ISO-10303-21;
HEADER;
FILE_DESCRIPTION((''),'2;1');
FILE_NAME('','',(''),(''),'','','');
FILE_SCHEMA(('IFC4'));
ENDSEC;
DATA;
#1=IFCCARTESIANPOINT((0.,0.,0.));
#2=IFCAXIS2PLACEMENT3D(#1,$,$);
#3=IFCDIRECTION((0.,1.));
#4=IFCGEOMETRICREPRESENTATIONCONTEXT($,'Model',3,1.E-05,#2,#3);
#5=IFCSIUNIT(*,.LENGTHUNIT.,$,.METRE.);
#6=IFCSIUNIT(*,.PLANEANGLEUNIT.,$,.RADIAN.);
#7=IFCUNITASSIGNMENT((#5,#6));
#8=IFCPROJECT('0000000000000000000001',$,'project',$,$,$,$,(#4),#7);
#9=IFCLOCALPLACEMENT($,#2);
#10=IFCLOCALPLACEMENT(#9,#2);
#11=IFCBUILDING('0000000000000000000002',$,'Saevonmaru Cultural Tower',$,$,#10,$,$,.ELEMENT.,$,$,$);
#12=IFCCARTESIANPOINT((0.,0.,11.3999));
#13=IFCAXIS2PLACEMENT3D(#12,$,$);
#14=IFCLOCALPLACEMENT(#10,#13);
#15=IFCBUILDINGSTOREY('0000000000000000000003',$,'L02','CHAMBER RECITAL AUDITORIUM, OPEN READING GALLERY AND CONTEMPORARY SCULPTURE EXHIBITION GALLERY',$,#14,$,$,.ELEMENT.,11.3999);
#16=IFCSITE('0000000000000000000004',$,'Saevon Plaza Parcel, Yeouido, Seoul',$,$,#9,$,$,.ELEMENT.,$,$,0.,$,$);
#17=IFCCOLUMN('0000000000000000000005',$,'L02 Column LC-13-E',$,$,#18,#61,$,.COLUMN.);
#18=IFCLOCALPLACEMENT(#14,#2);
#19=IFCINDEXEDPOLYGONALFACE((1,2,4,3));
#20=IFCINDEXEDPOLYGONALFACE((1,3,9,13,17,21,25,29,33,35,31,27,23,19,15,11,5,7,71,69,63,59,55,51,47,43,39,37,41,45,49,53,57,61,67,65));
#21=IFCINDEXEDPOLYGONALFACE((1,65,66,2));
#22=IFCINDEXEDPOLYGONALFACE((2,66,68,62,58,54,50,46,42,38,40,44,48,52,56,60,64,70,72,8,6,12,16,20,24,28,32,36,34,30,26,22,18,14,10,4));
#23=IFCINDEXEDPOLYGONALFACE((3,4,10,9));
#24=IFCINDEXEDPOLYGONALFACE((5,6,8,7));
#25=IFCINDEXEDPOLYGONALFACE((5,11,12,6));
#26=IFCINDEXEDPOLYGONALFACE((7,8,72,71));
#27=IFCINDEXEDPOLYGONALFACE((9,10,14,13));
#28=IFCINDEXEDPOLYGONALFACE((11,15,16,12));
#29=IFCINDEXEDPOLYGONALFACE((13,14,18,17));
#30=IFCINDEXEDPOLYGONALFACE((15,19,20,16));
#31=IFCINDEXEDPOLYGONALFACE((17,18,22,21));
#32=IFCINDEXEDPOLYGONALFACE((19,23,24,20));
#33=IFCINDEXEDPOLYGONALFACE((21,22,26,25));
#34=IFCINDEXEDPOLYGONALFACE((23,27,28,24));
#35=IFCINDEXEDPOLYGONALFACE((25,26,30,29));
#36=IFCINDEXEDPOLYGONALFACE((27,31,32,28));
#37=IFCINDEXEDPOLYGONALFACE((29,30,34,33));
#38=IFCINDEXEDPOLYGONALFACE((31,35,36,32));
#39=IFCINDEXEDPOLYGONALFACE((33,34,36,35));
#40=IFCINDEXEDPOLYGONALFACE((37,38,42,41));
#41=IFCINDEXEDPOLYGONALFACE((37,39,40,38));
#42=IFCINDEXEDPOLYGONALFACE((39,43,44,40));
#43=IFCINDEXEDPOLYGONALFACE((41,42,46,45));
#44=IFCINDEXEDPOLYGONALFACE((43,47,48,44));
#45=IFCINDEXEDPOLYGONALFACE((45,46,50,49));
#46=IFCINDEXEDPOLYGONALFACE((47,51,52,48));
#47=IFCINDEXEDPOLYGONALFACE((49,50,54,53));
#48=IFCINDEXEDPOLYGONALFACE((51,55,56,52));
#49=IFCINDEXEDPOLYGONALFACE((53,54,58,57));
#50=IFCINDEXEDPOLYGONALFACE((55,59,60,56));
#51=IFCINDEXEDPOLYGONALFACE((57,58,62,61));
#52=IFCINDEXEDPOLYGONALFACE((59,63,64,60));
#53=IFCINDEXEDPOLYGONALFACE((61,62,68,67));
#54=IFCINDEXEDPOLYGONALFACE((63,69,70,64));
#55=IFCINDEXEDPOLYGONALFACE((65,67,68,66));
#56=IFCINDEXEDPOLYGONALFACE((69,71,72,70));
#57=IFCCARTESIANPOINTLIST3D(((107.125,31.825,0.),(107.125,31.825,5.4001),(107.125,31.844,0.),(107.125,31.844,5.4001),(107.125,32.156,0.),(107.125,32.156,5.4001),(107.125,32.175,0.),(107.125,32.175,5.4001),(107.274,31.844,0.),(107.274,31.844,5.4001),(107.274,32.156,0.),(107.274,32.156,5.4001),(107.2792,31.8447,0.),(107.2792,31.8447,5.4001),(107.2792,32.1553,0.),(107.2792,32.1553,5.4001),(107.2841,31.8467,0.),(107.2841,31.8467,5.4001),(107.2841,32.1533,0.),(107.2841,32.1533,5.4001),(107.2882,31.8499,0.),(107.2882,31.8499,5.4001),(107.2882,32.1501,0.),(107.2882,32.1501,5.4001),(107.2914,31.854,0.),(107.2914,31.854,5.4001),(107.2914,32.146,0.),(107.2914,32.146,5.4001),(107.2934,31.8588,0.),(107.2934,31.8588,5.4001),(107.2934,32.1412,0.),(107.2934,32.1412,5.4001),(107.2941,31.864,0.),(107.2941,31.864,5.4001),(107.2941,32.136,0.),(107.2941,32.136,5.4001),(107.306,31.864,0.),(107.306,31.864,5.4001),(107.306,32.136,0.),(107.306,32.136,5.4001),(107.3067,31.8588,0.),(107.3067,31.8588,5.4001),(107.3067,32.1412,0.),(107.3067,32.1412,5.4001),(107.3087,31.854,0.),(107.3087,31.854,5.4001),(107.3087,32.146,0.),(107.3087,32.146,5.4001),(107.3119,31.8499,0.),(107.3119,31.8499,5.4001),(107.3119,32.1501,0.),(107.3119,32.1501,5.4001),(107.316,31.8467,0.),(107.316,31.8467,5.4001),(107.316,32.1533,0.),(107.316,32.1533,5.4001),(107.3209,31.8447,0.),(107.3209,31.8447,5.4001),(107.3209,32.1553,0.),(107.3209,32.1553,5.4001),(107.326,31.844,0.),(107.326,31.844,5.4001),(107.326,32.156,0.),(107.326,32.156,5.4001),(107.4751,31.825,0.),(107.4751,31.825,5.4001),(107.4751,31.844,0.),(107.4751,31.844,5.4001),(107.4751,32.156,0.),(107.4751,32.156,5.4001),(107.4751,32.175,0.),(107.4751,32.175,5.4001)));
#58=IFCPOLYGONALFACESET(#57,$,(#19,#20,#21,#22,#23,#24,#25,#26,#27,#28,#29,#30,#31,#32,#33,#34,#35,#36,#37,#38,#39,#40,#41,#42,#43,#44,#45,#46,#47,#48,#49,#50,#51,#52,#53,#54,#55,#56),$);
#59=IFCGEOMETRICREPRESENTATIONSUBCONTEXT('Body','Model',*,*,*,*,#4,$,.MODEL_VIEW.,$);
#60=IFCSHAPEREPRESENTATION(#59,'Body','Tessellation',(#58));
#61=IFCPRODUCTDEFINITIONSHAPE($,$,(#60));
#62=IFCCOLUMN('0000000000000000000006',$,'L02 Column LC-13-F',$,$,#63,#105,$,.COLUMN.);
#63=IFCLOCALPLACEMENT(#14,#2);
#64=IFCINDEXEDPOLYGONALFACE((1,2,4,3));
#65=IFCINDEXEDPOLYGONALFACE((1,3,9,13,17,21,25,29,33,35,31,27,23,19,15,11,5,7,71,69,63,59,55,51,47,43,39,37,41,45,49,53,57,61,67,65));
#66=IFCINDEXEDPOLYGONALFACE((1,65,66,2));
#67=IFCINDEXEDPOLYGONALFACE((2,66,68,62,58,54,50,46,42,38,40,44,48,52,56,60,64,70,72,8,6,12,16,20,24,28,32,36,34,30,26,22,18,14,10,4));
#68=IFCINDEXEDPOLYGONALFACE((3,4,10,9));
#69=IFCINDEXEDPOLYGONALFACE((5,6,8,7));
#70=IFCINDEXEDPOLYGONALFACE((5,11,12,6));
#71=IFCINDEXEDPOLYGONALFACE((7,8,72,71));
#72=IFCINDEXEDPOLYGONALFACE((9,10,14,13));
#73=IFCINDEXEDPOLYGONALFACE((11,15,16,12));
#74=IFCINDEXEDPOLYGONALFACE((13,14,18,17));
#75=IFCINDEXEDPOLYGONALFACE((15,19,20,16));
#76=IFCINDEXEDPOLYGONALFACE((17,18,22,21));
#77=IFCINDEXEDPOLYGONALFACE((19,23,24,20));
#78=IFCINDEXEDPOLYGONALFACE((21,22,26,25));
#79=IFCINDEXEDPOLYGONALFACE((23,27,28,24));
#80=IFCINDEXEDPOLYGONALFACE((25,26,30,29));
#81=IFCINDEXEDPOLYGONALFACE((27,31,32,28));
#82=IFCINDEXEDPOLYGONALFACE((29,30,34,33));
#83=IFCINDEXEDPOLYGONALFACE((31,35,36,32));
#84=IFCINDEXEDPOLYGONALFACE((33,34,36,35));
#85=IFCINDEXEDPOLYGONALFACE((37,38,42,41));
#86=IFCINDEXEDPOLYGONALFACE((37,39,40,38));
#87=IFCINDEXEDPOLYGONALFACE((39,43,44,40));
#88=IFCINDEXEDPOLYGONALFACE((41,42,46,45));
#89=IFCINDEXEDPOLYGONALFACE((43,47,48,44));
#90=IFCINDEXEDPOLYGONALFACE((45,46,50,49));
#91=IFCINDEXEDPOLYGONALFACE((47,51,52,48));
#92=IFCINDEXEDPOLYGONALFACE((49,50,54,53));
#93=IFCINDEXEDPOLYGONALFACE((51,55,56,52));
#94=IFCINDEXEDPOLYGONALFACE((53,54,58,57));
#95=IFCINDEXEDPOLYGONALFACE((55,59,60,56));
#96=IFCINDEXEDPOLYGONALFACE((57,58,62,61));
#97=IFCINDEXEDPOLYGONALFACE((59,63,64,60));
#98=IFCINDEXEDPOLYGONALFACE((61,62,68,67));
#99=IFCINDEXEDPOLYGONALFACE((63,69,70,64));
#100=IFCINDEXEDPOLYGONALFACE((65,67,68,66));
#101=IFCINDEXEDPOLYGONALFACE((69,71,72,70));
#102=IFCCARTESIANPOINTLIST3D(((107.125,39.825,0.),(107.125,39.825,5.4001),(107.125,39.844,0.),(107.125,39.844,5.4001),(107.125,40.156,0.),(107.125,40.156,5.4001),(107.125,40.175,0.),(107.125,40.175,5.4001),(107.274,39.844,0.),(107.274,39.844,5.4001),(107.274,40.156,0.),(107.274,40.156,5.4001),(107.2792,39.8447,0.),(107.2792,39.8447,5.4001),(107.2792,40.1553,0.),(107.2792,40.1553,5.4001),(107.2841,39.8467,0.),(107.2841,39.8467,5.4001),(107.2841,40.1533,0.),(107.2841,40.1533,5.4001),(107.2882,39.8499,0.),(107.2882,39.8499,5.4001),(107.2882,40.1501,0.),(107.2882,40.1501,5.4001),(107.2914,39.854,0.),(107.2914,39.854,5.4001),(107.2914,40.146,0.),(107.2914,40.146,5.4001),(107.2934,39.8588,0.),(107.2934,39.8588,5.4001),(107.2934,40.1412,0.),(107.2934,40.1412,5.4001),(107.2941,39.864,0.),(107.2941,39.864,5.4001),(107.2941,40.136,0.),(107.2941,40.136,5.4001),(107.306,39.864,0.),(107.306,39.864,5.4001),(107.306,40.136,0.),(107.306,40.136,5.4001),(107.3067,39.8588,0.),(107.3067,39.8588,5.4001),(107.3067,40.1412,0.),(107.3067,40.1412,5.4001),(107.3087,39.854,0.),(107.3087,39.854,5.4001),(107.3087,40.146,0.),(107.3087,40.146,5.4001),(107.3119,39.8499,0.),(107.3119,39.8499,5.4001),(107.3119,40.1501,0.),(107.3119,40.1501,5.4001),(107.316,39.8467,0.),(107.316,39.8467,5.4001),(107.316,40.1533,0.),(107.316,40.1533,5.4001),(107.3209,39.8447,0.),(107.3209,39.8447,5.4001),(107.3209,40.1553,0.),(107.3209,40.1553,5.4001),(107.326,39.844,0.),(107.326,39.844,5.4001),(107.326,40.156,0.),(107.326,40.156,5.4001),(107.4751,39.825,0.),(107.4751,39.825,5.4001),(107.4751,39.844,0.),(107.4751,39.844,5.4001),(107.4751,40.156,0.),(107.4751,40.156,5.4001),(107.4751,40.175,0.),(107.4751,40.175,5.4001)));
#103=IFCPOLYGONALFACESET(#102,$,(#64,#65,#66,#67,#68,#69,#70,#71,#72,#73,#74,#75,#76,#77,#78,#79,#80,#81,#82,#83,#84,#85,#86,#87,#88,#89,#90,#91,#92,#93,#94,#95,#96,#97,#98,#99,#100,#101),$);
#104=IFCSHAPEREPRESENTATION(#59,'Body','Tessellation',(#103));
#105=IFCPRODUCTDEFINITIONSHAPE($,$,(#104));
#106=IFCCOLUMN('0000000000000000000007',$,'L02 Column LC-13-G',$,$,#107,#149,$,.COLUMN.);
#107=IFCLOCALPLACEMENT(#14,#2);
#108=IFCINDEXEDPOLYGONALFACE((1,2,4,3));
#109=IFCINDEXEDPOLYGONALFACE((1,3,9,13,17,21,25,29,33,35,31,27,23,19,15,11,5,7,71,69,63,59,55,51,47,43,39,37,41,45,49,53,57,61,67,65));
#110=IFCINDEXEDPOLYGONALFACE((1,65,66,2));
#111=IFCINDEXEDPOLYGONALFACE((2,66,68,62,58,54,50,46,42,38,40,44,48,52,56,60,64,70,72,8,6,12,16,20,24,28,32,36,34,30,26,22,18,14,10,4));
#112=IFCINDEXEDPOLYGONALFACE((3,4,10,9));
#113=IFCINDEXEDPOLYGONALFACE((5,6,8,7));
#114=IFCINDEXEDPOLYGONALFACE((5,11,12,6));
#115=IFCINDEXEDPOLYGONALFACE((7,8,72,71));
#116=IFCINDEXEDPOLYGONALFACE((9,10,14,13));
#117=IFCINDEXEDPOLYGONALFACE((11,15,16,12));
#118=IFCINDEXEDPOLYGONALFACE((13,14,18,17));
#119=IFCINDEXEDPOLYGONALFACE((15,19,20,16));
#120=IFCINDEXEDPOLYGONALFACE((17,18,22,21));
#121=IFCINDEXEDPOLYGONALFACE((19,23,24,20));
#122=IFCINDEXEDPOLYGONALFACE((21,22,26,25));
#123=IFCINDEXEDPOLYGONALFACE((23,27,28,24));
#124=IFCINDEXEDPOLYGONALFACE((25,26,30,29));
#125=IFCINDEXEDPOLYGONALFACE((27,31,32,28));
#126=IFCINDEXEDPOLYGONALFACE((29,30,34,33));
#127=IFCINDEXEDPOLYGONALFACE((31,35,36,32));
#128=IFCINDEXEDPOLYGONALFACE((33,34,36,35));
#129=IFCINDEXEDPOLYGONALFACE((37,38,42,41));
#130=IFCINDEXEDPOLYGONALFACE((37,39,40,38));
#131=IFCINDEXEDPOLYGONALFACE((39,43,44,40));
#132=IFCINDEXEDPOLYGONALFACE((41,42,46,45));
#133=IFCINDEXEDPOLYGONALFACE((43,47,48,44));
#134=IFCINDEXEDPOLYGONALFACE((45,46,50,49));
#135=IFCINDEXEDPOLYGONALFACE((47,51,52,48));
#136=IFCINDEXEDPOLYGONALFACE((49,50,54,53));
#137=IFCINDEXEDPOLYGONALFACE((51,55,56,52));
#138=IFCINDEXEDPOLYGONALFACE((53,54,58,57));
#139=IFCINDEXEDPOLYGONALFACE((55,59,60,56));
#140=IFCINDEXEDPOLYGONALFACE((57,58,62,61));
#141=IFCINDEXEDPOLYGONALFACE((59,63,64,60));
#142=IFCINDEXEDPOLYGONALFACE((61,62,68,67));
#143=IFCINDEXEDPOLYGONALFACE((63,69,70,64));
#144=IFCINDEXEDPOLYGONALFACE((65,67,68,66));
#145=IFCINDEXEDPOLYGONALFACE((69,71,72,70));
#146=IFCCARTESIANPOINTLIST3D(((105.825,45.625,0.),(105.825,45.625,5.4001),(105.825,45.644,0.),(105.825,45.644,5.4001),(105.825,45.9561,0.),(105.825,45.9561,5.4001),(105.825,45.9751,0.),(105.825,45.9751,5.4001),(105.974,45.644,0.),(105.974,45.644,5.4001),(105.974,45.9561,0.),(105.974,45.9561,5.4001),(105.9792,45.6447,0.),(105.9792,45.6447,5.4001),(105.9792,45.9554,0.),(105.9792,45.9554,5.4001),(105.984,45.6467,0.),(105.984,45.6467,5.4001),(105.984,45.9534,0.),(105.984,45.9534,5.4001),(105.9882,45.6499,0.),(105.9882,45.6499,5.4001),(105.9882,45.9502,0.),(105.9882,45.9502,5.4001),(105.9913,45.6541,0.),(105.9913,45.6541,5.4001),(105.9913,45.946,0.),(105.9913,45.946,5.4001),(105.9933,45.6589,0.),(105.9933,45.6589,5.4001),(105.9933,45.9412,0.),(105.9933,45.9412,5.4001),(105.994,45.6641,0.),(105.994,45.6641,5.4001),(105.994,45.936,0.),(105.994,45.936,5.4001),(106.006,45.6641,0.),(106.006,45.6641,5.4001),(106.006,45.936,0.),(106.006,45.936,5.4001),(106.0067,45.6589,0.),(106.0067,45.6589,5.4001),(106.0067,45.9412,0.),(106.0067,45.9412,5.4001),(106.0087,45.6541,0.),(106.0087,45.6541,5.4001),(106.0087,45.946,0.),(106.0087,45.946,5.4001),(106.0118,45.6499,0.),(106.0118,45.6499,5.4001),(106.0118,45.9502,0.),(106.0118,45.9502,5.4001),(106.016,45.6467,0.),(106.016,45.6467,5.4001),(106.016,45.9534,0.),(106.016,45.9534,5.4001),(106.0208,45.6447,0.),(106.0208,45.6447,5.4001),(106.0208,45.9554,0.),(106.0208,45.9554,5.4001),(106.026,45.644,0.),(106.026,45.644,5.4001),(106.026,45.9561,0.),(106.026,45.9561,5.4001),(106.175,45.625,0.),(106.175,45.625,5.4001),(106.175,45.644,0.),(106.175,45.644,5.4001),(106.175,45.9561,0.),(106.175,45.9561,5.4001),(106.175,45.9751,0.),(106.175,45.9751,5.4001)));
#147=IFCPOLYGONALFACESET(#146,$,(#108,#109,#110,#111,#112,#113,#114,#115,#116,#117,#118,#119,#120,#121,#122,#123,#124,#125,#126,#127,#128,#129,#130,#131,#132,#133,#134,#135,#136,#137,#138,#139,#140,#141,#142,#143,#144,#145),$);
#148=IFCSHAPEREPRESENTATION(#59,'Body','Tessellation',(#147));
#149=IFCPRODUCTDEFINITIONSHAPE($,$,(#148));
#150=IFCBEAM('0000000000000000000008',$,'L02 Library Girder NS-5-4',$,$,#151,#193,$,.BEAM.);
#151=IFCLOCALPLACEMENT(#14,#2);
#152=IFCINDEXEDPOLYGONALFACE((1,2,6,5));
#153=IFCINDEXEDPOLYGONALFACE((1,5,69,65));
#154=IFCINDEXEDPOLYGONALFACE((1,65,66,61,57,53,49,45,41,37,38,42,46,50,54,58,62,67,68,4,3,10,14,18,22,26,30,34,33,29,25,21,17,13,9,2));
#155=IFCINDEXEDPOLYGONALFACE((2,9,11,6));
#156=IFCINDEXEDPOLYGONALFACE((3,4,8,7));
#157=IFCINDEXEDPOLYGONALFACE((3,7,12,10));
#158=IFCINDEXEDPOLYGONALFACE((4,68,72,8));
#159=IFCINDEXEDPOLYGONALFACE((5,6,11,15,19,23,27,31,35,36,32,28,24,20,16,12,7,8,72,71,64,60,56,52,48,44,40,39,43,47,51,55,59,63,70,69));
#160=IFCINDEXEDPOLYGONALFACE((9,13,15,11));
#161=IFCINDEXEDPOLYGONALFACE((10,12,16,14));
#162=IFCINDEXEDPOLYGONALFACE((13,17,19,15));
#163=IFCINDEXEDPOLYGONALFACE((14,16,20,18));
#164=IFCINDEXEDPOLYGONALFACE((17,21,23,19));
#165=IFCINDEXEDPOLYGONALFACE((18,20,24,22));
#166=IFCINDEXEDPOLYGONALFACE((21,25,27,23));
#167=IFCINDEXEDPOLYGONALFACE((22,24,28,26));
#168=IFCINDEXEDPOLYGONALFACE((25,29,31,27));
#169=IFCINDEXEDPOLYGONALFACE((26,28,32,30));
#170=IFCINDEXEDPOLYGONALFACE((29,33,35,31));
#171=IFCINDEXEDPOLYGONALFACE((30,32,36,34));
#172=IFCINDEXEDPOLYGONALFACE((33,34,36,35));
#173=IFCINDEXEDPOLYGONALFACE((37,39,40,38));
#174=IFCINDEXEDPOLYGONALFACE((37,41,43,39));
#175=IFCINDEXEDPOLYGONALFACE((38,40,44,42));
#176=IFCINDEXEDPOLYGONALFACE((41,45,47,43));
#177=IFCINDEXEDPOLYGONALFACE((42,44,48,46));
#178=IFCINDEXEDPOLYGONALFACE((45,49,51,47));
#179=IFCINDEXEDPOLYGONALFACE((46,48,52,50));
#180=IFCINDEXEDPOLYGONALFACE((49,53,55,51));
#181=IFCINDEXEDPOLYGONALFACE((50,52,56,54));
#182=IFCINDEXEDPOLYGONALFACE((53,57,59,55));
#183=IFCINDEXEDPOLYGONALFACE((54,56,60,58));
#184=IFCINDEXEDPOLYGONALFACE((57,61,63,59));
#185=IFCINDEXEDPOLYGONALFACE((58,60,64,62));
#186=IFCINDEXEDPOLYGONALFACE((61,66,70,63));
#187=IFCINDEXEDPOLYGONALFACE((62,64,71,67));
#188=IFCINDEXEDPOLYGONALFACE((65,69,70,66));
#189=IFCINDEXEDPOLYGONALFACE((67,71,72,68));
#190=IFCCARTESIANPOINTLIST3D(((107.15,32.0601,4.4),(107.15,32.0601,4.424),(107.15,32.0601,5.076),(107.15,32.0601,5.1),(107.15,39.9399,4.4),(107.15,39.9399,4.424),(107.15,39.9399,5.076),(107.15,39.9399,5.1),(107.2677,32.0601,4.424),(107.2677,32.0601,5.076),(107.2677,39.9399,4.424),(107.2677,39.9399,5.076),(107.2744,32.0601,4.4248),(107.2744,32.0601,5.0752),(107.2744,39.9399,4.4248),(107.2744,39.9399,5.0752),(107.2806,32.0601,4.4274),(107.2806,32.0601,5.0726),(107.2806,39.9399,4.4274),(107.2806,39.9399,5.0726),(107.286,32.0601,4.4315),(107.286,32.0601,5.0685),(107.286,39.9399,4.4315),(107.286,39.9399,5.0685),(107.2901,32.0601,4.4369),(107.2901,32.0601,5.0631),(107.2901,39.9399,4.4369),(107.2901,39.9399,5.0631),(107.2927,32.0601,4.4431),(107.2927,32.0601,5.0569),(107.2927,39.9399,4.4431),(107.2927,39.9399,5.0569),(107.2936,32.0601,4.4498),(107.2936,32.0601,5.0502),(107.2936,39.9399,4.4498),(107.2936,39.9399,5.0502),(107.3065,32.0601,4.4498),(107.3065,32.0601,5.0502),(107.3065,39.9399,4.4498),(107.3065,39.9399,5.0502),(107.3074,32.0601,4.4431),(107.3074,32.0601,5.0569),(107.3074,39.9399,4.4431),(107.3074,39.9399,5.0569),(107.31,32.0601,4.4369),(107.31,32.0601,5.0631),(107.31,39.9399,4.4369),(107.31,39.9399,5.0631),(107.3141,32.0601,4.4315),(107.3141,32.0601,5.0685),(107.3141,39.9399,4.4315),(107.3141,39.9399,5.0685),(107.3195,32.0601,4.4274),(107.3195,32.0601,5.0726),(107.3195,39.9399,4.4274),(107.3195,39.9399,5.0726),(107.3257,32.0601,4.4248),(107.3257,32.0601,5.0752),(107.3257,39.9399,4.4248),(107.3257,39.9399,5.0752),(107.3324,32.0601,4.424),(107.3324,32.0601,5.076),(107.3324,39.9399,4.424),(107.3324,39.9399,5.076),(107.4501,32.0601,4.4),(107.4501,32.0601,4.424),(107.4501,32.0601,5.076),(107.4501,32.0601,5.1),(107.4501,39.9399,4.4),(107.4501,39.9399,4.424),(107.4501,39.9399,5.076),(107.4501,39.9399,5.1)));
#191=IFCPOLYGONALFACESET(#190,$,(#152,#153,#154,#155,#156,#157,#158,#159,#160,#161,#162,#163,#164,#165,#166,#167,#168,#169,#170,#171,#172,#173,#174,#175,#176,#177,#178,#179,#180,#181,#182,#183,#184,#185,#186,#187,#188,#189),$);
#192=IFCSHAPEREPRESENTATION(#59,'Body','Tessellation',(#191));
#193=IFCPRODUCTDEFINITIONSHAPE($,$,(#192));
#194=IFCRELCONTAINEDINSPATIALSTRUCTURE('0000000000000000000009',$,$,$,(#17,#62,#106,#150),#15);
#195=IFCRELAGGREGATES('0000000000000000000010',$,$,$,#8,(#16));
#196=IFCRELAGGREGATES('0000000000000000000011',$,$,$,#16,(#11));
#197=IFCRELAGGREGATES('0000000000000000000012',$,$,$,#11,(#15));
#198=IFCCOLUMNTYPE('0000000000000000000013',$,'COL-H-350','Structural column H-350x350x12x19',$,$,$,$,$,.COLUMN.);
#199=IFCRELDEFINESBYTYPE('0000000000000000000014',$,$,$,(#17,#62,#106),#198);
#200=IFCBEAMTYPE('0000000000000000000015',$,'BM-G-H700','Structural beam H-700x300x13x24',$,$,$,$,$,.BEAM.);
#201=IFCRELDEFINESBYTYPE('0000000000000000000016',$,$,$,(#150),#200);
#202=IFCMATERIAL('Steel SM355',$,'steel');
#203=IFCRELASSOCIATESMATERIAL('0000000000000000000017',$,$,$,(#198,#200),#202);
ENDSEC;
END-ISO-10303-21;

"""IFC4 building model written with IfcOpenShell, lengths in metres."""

from ifc_helpers import new_model, si_unit, direction, frame, origin, origin_2d, place, context, subcontext, project, spatial, i_section, extrude, material, material_profile, profile_set, type_object, element, save


model = new_model("IFC4")

# Units and contexts
model_context = context("Model", 3, precision=1e-05, world=origin(), true_north=direction((0.0, 1.0)))
body_context = subcontext(model_context, "Body", "Model", "MODEL_VIEW")
ifc_project = project(units=[si_unit("LENGTHUNIT", "METRE"), si_unit("PLANEANGLEUNIT", "RADIAN")], contexts=[model_context])

# Site, building, storey
site_placement = place(None, origin())
site = spatial("IfcSite", under=ifc_project, at=site_placement, Name="Saevon Plaza Parcel, Yeouido, Seoul", CompositionType="ELEMENT", RefElevation=0.0)
building_placement = place(site_placement, origin())
building = spatial("IfcBuilding", under=site, at=building_placement, Name="Saevonmaru Cultural Tower", CompositionType="ELEMENT")
storey_placement = place(building_placement, frame((0.0, 0.0, 11.3999)))
storey = spatial("IfcBuildingStorey", under=building, at=storey_placement, Name="L02", Description="CHAMBER RECITAL AUDITORIUM, OPEN READING GALLERY AND CONTEMPORARY SCULPTURE EXHIBITION GALLERY", CompositionType="ELEMENT", Elevation=11.3999)

# Columns
ifc_material_1 = material(Name="Steel SM355", Category="steel")
ifc_material_profile_1 = material_profile(ifc_material_1, i_section(OverallWidth=0.3501, OverallDepth=0.3501, WebThickness=0.012, FlangeThickness=0.019, FilletRadius=0.02, at=origin_2d()), Name="H-350x350x12x19")
ifc_profile_set_1 = profile_set([ifc_material_profile_1], Name="Steel SM355")
column_type = type_object("IfcColumnType", Name="COL-H-350", Description="Structural column H-350x350x12x19", PredefinedType="COLUMN", material=ifc_profile_set_1)
for number, where, z_axis, x_axis, name in (
    (1, (107.3, 32.0, 0.0), (0.0, 0.0, 1.0), (1.0, 0.0, 0.0), "L02 Column LC-13-E"),
    (2, (107.3, 40.0, 0.0), (0.0, 0.0, 1.0), (1.0, 0.0, 0.0), "L02 Column LC-13-F"),
    (3, (106.0, 45.8, 0.0), (0.0, 0.0, 1.0), (1.0, 0.0, 0.0), "L02 Column LC-13-G"),
):
    element("IfcColumn", number, at=place(storey_placement, frame(where, z_axis=z_axis, x_axis=x_axis)), inside=storey, type_object=column_type, Name=name, PredefinedType="COLUMN", context=body_context, shape_type="SweptSolid", body=[
        extrude(i_section(OverallWidth=0.3501, OverallDepth=0.3501, WebThickness=0.012, FlangeThickness=0.019, FilletRadius=0.02, at=origin_2d()), origin(), (0.0, 0.0, 1.0), 5.4001),
    ])

# Beam
ifc_material_profile_2 = material_profile(ifc_material_1, i_section(OverallWidth=0.3, OverallDepth=0.7, WebThickness=0.0129, FlangeThickness=0.0239, FilletRadius=0.0259, at=origin_2d()), Name="H-700x300x13x24")
ifc_profile_set_2 = profile_set([ifc_material_profile_2], Name="Steel SM355")
beam_type = type_object("IfcBeamType", Name="BM-G-H700", Description="Structural beam H-700x300x13x24", PredefinedType="BEAM", material=ifc_profile_set_2)
beam_1_placement = place(storey_placement, frame((107.3, 32.0601, 4.75), z_axis=(0.0, 1.0, 0.0), x_axis=(-1.0, 0.0, 0.0)))
element("IfcBeam", 4, at=beam_1_placement, inside=storey, type_object=beam_type, Name="L02 Library Girder NS-5-4", PredefinedType="BEAM", context=body_context, shape_type="SweptSolid", body=[
    extrude(i_section(OverallWidth=0.3, OverallDepth=0.7, WebThickness=0.0129, FlangeThickness=0.0239, FilletRadius=0.0259, at=origin_2d()), origin(), (0.0, 0.0, 1.0), 7.8799),
])

save(model, "model.ifc")
